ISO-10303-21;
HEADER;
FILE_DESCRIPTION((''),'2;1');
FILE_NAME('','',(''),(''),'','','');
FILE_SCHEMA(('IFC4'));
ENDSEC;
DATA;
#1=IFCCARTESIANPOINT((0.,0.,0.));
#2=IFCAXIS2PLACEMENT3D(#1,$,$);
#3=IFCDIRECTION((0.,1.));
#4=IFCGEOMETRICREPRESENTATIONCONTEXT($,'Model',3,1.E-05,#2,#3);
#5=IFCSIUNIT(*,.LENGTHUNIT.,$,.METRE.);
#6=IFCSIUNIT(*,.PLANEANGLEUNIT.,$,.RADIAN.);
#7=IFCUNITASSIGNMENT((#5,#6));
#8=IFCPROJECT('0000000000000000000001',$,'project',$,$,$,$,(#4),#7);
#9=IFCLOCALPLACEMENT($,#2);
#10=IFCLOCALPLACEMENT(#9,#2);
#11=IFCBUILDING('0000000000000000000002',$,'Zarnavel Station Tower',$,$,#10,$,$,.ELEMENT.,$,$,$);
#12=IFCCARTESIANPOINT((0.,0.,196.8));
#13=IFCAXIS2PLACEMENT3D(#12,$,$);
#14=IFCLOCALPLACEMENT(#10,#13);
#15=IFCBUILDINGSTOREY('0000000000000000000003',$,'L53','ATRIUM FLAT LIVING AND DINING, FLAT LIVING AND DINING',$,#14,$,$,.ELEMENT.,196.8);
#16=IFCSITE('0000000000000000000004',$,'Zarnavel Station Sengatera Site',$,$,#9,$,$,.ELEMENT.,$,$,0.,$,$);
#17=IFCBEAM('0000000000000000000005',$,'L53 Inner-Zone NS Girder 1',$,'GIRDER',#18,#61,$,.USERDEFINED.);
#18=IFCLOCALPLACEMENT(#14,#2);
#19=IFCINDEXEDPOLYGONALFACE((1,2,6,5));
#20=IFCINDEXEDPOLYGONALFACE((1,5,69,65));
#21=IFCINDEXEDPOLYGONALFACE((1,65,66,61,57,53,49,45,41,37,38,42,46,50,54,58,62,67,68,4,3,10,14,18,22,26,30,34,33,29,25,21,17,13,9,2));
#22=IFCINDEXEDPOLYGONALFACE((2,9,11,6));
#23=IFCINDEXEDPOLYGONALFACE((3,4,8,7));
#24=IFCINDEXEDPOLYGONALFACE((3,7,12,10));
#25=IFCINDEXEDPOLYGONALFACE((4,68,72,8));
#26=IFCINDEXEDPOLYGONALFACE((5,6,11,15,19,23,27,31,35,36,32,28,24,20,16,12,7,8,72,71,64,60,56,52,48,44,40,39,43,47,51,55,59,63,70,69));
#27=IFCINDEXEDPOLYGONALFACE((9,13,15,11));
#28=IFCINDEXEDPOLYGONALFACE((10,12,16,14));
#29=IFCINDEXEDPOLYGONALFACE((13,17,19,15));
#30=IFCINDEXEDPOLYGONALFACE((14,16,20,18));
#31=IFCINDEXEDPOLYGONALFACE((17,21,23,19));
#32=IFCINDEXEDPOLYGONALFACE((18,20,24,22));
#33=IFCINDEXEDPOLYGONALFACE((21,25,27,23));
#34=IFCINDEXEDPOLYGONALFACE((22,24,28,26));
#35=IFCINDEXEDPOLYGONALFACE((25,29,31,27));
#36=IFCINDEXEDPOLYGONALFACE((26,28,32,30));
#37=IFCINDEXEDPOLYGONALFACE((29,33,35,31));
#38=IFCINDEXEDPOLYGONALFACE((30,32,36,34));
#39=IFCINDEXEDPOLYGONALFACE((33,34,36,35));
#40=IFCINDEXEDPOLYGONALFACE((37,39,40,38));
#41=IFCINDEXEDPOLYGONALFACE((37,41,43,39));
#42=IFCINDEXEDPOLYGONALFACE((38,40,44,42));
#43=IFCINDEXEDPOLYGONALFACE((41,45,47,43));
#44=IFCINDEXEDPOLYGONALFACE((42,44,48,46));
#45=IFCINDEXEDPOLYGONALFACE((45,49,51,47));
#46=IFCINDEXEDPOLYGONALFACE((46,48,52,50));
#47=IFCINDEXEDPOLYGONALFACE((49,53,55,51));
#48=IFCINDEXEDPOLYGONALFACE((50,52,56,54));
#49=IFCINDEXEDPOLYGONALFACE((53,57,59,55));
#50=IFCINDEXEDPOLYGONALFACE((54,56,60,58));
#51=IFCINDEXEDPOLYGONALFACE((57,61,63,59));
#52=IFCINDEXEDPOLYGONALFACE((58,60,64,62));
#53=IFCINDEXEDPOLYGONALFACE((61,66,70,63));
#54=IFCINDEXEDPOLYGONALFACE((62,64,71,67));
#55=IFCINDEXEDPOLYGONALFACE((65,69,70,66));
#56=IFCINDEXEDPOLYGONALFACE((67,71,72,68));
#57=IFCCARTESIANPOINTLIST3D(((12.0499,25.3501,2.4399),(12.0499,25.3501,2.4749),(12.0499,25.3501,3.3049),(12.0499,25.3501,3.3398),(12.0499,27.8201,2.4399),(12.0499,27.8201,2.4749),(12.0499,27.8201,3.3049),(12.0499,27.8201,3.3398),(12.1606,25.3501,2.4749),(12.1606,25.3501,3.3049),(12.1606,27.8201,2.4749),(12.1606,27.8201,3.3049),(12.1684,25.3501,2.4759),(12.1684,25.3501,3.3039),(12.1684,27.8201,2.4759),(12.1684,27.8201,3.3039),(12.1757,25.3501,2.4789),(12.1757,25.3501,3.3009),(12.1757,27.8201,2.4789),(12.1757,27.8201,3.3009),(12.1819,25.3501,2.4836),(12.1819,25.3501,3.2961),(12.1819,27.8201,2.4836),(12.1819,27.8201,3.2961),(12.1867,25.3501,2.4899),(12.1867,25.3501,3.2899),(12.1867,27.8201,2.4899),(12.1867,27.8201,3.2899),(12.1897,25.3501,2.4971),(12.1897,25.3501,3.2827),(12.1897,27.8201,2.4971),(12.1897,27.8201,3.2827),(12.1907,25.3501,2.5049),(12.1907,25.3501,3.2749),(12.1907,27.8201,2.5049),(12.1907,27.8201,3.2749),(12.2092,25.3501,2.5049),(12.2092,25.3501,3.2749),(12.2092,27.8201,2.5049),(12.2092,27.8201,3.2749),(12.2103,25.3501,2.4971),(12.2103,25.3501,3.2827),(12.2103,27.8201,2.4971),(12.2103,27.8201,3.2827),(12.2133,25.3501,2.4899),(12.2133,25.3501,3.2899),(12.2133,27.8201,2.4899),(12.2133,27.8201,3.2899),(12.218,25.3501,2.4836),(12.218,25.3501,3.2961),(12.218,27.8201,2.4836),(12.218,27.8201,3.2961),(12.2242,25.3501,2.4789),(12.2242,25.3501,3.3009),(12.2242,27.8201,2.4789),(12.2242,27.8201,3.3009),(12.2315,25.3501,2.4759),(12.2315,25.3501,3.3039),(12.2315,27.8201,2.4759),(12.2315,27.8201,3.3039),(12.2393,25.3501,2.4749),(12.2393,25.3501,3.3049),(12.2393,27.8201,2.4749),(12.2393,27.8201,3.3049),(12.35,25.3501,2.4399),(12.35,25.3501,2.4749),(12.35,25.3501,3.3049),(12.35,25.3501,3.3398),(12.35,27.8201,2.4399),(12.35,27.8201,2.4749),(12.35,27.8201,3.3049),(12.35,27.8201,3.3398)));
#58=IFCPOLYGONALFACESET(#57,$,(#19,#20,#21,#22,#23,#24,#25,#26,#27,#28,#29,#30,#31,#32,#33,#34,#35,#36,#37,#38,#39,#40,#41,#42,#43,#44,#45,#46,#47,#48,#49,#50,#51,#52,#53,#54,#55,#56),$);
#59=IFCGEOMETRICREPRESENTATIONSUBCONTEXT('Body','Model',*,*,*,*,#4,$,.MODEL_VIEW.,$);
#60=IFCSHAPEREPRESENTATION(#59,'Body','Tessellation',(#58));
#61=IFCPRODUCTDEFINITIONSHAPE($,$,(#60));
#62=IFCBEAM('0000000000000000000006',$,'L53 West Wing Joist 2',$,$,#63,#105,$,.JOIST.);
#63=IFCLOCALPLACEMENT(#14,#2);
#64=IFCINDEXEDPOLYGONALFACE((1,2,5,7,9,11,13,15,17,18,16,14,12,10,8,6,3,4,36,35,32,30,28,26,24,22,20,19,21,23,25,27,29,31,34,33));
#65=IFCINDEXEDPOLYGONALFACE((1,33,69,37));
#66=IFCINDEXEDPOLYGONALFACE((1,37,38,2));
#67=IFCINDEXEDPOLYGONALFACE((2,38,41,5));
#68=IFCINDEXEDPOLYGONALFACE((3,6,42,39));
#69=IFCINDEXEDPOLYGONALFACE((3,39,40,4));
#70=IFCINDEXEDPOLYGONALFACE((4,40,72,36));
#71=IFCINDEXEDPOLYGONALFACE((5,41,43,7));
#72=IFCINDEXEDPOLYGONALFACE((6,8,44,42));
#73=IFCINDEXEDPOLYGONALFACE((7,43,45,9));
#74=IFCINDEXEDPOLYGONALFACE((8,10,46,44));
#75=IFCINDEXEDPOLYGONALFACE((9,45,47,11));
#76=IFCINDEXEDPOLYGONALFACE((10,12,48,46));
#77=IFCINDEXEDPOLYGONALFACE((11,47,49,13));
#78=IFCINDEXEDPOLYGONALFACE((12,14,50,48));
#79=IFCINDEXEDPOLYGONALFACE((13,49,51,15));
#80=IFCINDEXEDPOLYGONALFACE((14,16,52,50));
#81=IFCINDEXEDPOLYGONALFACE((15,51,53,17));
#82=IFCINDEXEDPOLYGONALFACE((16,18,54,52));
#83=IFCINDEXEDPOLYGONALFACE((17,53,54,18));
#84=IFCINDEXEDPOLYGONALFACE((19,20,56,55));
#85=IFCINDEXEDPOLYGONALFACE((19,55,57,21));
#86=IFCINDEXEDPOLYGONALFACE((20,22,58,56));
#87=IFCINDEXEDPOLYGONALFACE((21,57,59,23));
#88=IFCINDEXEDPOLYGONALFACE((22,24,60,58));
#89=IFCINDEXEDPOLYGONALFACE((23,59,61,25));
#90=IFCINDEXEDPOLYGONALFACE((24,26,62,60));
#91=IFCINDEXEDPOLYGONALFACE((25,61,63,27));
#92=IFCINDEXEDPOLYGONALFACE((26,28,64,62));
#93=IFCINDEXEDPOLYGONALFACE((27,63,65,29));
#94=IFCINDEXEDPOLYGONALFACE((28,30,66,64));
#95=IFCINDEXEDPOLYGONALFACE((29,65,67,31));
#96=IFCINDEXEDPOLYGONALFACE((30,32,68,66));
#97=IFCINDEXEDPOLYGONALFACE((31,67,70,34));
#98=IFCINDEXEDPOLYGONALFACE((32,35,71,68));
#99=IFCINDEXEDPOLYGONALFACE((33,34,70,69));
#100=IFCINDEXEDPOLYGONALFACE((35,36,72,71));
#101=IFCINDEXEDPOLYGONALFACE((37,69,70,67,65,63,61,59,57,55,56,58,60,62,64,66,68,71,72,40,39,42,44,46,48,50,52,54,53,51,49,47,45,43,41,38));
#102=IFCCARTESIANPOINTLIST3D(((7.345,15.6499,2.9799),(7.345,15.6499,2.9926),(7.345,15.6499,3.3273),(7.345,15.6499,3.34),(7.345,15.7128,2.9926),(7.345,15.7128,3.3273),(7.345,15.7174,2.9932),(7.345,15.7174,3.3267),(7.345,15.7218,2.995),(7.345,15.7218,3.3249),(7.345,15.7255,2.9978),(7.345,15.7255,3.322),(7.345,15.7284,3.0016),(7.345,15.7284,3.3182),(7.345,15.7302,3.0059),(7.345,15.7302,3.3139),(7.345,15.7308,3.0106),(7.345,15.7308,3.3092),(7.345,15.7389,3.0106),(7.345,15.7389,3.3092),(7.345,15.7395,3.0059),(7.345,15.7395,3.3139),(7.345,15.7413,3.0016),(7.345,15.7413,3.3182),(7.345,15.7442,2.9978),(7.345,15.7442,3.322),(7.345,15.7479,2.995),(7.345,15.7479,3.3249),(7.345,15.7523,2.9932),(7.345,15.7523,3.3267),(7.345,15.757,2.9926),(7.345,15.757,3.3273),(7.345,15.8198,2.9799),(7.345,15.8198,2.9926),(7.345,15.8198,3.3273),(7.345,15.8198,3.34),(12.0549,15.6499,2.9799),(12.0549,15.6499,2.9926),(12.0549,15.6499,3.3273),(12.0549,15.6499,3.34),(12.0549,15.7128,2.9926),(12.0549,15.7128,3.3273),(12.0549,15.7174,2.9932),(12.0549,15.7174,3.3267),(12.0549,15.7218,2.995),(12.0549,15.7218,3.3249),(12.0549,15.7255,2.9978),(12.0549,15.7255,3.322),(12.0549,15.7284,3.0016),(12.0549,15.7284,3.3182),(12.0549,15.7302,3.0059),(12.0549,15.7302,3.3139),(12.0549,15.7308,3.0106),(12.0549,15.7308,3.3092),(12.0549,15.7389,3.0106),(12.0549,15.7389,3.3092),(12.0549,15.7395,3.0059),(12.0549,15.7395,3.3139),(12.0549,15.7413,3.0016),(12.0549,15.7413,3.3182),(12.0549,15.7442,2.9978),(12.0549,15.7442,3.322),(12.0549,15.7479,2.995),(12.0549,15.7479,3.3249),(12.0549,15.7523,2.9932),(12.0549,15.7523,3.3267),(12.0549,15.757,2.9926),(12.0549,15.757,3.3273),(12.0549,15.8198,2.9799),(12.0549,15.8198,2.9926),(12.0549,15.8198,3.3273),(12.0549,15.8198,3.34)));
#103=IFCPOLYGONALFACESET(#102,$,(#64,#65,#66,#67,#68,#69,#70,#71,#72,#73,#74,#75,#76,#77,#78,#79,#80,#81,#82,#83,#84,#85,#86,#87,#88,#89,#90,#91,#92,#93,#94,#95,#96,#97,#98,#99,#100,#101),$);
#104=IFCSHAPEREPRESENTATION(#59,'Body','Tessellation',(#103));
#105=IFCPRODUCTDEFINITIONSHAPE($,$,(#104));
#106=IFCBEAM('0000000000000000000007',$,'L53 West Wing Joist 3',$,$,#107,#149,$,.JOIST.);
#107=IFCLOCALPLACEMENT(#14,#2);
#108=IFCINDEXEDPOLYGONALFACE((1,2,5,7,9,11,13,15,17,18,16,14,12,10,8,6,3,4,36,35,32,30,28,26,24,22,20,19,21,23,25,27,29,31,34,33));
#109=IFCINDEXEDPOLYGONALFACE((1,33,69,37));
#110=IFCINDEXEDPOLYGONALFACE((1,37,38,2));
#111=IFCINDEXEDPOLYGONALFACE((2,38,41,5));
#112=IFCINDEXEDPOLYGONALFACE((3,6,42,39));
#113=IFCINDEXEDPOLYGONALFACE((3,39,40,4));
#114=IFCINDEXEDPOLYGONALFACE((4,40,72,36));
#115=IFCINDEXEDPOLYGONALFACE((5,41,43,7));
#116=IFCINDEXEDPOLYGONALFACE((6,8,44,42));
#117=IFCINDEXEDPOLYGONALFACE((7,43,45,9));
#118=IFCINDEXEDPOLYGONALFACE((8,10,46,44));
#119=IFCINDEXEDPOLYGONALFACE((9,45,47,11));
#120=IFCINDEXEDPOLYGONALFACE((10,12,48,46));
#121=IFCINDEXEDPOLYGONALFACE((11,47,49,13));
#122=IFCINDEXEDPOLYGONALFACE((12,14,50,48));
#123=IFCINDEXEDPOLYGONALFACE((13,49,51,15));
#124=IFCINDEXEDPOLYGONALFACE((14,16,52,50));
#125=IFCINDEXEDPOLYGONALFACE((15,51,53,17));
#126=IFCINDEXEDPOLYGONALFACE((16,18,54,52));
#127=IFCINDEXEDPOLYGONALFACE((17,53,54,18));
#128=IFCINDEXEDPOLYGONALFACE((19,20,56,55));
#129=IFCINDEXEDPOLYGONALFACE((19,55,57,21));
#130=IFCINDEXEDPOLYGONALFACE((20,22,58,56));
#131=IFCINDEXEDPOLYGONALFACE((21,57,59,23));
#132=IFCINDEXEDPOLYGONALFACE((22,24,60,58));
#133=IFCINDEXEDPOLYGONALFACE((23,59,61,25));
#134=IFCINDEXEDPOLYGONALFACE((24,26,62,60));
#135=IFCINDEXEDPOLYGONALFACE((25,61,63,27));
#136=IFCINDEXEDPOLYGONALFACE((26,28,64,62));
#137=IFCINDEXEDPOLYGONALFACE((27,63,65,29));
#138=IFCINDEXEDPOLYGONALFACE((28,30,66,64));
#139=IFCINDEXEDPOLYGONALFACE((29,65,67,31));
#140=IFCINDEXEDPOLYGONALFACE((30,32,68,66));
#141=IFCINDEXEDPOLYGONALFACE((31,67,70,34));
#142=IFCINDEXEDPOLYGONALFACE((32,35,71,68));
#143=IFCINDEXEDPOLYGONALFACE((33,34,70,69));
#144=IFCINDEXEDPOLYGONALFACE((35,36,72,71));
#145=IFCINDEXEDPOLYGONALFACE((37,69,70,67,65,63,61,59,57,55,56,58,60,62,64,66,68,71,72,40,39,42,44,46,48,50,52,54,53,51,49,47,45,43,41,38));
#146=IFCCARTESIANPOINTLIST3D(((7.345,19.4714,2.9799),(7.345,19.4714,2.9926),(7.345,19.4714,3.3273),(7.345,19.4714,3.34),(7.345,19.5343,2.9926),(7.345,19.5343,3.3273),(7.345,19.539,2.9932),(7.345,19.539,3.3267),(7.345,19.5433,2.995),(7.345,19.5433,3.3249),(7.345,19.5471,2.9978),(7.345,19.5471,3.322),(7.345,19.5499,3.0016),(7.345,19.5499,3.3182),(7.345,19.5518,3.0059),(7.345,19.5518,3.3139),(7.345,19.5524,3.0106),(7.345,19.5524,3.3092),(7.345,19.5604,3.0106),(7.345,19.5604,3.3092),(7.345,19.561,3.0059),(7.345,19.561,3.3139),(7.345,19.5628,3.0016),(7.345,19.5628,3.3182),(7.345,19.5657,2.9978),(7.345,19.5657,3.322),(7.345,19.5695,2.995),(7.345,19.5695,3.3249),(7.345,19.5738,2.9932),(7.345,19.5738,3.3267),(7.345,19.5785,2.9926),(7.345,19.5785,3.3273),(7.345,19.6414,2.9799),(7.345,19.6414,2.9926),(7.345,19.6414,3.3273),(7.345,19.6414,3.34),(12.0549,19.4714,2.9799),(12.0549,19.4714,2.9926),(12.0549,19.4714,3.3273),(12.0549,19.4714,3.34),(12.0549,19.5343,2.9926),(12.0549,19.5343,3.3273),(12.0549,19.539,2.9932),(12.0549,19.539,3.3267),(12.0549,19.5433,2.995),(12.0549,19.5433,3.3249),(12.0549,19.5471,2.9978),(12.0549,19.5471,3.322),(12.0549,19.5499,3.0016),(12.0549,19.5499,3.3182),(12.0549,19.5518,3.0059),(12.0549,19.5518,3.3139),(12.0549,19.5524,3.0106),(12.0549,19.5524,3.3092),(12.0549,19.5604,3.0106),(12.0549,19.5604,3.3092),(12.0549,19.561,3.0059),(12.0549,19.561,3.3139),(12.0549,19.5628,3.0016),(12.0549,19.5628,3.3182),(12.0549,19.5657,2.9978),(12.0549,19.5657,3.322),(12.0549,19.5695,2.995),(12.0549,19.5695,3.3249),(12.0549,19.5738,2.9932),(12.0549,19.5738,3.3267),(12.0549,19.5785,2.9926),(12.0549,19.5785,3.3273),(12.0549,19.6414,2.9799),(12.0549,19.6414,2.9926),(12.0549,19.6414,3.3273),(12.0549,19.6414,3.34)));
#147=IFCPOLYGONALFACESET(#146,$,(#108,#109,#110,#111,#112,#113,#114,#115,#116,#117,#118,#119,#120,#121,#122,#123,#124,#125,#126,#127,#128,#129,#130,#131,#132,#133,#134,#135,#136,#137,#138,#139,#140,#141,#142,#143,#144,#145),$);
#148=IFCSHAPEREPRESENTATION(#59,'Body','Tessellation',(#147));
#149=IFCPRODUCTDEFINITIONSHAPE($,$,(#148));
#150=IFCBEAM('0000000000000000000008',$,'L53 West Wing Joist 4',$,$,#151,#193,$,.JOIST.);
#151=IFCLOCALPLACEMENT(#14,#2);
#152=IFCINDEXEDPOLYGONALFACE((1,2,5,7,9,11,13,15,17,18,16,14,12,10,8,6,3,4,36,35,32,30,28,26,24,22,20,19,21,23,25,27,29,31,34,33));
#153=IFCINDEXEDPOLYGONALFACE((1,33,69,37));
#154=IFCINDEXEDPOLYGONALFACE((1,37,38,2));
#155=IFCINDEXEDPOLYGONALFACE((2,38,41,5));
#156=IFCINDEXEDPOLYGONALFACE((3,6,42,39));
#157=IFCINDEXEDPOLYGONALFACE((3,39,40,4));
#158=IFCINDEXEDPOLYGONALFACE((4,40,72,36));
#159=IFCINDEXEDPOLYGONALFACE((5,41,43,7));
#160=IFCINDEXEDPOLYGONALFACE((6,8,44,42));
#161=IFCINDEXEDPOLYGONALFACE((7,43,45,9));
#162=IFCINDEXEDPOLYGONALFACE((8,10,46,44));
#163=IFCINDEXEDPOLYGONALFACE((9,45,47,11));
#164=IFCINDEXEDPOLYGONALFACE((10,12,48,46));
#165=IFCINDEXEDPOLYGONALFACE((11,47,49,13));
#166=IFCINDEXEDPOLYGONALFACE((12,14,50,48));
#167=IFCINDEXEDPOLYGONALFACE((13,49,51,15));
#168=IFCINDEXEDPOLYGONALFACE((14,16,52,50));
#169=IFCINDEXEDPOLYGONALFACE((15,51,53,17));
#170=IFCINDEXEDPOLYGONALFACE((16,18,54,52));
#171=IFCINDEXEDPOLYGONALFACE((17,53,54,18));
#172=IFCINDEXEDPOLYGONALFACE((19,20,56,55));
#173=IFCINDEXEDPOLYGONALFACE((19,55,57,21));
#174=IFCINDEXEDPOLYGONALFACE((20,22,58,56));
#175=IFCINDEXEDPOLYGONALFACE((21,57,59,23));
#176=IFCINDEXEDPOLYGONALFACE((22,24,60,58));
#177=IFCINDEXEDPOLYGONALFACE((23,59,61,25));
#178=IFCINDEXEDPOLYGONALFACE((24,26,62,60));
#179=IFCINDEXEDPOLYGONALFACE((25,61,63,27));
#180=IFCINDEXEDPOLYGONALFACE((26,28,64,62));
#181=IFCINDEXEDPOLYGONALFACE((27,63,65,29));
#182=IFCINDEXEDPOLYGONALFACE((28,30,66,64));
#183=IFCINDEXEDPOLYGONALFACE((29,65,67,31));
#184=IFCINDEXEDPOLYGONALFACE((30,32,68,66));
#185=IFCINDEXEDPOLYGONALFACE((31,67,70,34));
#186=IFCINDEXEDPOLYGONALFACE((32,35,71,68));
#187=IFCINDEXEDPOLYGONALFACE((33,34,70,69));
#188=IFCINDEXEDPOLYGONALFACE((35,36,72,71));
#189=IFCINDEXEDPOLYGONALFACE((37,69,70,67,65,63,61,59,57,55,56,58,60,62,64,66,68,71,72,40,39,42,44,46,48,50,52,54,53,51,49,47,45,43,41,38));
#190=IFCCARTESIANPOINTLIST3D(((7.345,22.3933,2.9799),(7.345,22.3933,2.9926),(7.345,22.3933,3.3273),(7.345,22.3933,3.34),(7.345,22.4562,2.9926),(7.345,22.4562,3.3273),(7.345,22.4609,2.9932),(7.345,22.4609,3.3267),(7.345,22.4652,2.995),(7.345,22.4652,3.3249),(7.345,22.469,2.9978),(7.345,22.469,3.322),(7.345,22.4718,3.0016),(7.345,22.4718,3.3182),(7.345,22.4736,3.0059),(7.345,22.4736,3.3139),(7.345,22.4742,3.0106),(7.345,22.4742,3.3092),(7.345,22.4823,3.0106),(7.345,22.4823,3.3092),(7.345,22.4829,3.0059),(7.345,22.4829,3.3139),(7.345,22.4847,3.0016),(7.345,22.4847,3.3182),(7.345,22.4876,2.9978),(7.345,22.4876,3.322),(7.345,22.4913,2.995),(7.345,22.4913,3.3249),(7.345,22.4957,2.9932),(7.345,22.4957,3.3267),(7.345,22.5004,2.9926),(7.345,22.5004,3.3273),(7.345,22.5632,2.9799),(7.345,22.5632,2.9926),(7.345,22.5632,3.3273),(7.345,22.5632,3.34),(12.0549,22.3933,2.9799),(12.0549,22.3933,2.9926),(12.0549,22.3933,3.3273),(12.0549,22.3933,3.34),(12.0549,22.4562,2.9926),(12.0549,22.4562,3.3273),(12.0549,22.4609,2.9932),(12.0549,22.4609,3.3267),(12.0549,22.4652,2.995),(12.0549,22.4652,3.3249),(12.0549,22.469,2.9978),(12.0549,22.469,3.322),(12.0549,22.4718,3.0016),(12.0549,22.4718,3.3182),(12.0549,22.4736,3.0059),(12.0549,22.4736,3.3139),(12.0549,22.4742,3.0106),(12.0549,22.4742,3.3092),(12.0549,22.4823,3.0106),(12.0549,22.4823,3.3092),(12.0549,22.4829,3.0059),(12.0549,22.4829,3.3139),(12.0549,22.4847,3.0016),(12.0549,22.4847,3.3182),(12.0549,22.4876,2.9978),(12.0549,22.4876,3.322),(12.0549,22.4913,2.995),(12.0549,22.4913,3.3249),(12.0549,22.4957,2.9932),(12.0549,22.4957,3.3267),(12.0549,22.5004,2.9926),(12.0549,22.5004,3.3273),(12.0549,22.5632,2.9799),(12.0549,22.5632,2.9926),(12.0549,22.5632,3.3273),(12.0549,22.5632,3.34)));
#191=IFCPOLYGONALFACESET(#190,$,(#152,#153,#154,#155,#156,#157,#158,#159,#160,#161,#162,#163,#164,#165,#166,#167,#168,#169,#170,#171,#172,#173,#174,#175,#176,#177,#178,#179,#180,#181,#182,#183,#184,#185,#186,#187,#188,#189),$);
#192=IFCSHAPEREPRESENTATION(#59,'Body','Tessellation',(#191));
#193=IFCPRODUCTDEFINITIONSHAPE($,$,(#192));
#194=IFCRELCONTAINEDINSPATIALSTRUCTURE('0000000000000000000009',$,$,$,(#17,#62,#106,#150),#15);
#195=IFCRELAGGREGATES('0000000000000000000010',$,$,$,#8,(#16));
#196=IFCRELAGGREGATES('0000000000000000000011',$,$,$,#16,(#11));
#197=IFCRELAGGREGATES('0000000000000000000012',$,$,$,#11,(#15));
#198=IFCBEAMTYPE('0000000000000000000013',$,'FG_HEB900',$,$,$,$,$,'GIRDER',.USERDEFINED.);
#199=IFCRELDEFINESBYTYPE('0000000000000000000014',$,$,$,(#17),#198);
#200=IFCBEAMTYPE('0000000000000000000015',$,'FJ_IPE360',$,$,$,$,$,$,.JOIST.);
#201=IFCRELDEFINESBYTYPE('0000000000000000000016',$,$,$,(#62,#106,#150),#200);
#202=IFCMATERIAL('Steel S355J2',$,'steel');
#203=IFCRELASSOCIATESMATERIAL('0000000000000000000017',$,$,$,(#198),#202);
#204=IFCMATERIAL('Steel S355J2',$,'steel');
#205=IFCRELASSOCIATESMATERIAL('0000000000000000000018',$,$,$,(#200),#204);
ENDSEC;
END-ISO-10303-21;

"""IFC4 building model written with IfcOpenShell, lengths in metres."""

from ifc_helpers import new_model, si_unit, direction, frame, origin, origin_2d, place, context, subcontext, project, spatial, i_section, extrude, material, material_profile, profile_set, type_object, element, save


model = new_model("IFC4")

# Units and contexts
model_context = context("Model", 3, precision=1e-05, world=origin(), true_north=direction((0.0, 1.0)))
body_context = subcontext(model_context, "Body", "Model", "MODEL_VIEW")
ifc_project = project(units=[si_unit("LENGTHUNIT", "METRE"), si_unit("PLANEANGLEUNIT", "RADIAN")], contexts=[model_context])

# Site, building, storey
site_placement = place(None, origin())
site = spatial("IfcSite", under=ifc_project, at=site_placement, Name="Zarnavel Station Sengatera Site", CompositionType="ELEMENT", RefElevation=0.0)
building_placement = place(site_placement, origin())
building = spatial("IfcBuilding", under=site, at=building_placement, Name="Zarnavel Station Tower", CompositionType="ELEMENT")
storey_placement = place(building_placement, frame((0.0, 0.0, 196.8)))
storey = spatial("IfcBuildingStorey", under=building, at=storey_placement, Name="L53", Description="ATRIUM FLAT LIVING AND DINING, FLAT LIVING AND DINING", CompositionType="ELEMENT", Elevation=196.8)

# Beams
ifc_material_1 = material(Name="Steel S355J2", Category="steel")
ifc_material_profile_1 = material_profile(ifc_material_1, i_section(OverallWidth=0.3, OverallDepth=0.8999, WebThickness=0.0186, FlangeThickness=0.0349, FilletRadius=0.03, at=origin_2d()), Name="HEB900")
ifc_profile_set_1 = profile_set([ifc_material_profile_1], Name="Steel S355J2")
beam_type_1 = type_object("IfcBeamType", Name="FG_HEB900", ElementType="GIRDER", PredefinedType="USERDEFINED", material=ifc_profile_set_1)
beam_1_placement = place(storey_placement, frame((12.2, 25.3501, 2.8899), z_axis=(0.0, 1.0, 0.0), x_axis=(-1.0, 0.0, 0.0)))
element("IfcBeam", 1, at=beam_1_placement, inside=storey, type_object=beam_type_1, Name="L53 Inner-Zone NS Girder 1", ObjectType="GIRDER", PredefinedType="USERDEFINED", context=body_context, shape_type="SweptSolid", body=[
    extrude(i_section(OverallWidth=0.3, OverallDepth=0.8999, WebThickness=0.0186, FlangeThickness=0.0349, FilletRadius=0.03, at=origin_2d()), origin(), (0.0, 0.0, 1.0), 2.47),
])
ifc_material_2 = material(Name="Steel S355J2", Category="steel")
ifc_material_profile_2 = material_profile(ifc_material_2, i_section(OverallWidth=0.1699, OverallDepth=0.3601, WebThickness=0.0081, FlangeThickness=0.0127, FilletRadius=0.0181, at=origin_2d()), Name="IPE360")
ifc_profile_set_2 = profile_set([ifc_material_profile_2], Name="Steel S355J2")
beam_type_2 = type_object("IfcBeamType", Name="FJ_IPE360", PredefinedType="JOIST", material=ifc_profile_set_2)
for number, where, z_axis, x_axis, name in (
    (2, (7.345, 15.7349, 3.1599), (1.0, 0.0, 0.0), (0.0, 1.0, 0.0), "L53 West Wing Joist 2"),
    (3, (7.345, 19.5564, 3.1599), (1.0, 0.0, 0.0), (0.0, 1.0, 0.0), "L53 West Wing Joist 3"),
    (4, (7.345, 22.4783, 3.1599), (1.0, 0.0, 0.0), (0.0, 1.0, 0.0), "L53 West Wing Joist 4"),
):
    element("IfcBeam", number, at=place(storey_placement, frame(where, z_axis=z_axis, x_axis=x_axis)), inside=storey, type_object=beam_type_2, Name=name, PredefinedType="JOIST", context=body_context, shape_type="SweptSolid", body=[
        extrude(i_section(OverallWidth=0.1699, OverallDepth=0.3601, WebThickness=0.0081, FlangeThickness=0.0127, FilletRadius=0.0181, at=origin_2d()), origin(), (0.0, 0.0, 1.0), 4.71),
    ])

save(model, "model.ifc")
